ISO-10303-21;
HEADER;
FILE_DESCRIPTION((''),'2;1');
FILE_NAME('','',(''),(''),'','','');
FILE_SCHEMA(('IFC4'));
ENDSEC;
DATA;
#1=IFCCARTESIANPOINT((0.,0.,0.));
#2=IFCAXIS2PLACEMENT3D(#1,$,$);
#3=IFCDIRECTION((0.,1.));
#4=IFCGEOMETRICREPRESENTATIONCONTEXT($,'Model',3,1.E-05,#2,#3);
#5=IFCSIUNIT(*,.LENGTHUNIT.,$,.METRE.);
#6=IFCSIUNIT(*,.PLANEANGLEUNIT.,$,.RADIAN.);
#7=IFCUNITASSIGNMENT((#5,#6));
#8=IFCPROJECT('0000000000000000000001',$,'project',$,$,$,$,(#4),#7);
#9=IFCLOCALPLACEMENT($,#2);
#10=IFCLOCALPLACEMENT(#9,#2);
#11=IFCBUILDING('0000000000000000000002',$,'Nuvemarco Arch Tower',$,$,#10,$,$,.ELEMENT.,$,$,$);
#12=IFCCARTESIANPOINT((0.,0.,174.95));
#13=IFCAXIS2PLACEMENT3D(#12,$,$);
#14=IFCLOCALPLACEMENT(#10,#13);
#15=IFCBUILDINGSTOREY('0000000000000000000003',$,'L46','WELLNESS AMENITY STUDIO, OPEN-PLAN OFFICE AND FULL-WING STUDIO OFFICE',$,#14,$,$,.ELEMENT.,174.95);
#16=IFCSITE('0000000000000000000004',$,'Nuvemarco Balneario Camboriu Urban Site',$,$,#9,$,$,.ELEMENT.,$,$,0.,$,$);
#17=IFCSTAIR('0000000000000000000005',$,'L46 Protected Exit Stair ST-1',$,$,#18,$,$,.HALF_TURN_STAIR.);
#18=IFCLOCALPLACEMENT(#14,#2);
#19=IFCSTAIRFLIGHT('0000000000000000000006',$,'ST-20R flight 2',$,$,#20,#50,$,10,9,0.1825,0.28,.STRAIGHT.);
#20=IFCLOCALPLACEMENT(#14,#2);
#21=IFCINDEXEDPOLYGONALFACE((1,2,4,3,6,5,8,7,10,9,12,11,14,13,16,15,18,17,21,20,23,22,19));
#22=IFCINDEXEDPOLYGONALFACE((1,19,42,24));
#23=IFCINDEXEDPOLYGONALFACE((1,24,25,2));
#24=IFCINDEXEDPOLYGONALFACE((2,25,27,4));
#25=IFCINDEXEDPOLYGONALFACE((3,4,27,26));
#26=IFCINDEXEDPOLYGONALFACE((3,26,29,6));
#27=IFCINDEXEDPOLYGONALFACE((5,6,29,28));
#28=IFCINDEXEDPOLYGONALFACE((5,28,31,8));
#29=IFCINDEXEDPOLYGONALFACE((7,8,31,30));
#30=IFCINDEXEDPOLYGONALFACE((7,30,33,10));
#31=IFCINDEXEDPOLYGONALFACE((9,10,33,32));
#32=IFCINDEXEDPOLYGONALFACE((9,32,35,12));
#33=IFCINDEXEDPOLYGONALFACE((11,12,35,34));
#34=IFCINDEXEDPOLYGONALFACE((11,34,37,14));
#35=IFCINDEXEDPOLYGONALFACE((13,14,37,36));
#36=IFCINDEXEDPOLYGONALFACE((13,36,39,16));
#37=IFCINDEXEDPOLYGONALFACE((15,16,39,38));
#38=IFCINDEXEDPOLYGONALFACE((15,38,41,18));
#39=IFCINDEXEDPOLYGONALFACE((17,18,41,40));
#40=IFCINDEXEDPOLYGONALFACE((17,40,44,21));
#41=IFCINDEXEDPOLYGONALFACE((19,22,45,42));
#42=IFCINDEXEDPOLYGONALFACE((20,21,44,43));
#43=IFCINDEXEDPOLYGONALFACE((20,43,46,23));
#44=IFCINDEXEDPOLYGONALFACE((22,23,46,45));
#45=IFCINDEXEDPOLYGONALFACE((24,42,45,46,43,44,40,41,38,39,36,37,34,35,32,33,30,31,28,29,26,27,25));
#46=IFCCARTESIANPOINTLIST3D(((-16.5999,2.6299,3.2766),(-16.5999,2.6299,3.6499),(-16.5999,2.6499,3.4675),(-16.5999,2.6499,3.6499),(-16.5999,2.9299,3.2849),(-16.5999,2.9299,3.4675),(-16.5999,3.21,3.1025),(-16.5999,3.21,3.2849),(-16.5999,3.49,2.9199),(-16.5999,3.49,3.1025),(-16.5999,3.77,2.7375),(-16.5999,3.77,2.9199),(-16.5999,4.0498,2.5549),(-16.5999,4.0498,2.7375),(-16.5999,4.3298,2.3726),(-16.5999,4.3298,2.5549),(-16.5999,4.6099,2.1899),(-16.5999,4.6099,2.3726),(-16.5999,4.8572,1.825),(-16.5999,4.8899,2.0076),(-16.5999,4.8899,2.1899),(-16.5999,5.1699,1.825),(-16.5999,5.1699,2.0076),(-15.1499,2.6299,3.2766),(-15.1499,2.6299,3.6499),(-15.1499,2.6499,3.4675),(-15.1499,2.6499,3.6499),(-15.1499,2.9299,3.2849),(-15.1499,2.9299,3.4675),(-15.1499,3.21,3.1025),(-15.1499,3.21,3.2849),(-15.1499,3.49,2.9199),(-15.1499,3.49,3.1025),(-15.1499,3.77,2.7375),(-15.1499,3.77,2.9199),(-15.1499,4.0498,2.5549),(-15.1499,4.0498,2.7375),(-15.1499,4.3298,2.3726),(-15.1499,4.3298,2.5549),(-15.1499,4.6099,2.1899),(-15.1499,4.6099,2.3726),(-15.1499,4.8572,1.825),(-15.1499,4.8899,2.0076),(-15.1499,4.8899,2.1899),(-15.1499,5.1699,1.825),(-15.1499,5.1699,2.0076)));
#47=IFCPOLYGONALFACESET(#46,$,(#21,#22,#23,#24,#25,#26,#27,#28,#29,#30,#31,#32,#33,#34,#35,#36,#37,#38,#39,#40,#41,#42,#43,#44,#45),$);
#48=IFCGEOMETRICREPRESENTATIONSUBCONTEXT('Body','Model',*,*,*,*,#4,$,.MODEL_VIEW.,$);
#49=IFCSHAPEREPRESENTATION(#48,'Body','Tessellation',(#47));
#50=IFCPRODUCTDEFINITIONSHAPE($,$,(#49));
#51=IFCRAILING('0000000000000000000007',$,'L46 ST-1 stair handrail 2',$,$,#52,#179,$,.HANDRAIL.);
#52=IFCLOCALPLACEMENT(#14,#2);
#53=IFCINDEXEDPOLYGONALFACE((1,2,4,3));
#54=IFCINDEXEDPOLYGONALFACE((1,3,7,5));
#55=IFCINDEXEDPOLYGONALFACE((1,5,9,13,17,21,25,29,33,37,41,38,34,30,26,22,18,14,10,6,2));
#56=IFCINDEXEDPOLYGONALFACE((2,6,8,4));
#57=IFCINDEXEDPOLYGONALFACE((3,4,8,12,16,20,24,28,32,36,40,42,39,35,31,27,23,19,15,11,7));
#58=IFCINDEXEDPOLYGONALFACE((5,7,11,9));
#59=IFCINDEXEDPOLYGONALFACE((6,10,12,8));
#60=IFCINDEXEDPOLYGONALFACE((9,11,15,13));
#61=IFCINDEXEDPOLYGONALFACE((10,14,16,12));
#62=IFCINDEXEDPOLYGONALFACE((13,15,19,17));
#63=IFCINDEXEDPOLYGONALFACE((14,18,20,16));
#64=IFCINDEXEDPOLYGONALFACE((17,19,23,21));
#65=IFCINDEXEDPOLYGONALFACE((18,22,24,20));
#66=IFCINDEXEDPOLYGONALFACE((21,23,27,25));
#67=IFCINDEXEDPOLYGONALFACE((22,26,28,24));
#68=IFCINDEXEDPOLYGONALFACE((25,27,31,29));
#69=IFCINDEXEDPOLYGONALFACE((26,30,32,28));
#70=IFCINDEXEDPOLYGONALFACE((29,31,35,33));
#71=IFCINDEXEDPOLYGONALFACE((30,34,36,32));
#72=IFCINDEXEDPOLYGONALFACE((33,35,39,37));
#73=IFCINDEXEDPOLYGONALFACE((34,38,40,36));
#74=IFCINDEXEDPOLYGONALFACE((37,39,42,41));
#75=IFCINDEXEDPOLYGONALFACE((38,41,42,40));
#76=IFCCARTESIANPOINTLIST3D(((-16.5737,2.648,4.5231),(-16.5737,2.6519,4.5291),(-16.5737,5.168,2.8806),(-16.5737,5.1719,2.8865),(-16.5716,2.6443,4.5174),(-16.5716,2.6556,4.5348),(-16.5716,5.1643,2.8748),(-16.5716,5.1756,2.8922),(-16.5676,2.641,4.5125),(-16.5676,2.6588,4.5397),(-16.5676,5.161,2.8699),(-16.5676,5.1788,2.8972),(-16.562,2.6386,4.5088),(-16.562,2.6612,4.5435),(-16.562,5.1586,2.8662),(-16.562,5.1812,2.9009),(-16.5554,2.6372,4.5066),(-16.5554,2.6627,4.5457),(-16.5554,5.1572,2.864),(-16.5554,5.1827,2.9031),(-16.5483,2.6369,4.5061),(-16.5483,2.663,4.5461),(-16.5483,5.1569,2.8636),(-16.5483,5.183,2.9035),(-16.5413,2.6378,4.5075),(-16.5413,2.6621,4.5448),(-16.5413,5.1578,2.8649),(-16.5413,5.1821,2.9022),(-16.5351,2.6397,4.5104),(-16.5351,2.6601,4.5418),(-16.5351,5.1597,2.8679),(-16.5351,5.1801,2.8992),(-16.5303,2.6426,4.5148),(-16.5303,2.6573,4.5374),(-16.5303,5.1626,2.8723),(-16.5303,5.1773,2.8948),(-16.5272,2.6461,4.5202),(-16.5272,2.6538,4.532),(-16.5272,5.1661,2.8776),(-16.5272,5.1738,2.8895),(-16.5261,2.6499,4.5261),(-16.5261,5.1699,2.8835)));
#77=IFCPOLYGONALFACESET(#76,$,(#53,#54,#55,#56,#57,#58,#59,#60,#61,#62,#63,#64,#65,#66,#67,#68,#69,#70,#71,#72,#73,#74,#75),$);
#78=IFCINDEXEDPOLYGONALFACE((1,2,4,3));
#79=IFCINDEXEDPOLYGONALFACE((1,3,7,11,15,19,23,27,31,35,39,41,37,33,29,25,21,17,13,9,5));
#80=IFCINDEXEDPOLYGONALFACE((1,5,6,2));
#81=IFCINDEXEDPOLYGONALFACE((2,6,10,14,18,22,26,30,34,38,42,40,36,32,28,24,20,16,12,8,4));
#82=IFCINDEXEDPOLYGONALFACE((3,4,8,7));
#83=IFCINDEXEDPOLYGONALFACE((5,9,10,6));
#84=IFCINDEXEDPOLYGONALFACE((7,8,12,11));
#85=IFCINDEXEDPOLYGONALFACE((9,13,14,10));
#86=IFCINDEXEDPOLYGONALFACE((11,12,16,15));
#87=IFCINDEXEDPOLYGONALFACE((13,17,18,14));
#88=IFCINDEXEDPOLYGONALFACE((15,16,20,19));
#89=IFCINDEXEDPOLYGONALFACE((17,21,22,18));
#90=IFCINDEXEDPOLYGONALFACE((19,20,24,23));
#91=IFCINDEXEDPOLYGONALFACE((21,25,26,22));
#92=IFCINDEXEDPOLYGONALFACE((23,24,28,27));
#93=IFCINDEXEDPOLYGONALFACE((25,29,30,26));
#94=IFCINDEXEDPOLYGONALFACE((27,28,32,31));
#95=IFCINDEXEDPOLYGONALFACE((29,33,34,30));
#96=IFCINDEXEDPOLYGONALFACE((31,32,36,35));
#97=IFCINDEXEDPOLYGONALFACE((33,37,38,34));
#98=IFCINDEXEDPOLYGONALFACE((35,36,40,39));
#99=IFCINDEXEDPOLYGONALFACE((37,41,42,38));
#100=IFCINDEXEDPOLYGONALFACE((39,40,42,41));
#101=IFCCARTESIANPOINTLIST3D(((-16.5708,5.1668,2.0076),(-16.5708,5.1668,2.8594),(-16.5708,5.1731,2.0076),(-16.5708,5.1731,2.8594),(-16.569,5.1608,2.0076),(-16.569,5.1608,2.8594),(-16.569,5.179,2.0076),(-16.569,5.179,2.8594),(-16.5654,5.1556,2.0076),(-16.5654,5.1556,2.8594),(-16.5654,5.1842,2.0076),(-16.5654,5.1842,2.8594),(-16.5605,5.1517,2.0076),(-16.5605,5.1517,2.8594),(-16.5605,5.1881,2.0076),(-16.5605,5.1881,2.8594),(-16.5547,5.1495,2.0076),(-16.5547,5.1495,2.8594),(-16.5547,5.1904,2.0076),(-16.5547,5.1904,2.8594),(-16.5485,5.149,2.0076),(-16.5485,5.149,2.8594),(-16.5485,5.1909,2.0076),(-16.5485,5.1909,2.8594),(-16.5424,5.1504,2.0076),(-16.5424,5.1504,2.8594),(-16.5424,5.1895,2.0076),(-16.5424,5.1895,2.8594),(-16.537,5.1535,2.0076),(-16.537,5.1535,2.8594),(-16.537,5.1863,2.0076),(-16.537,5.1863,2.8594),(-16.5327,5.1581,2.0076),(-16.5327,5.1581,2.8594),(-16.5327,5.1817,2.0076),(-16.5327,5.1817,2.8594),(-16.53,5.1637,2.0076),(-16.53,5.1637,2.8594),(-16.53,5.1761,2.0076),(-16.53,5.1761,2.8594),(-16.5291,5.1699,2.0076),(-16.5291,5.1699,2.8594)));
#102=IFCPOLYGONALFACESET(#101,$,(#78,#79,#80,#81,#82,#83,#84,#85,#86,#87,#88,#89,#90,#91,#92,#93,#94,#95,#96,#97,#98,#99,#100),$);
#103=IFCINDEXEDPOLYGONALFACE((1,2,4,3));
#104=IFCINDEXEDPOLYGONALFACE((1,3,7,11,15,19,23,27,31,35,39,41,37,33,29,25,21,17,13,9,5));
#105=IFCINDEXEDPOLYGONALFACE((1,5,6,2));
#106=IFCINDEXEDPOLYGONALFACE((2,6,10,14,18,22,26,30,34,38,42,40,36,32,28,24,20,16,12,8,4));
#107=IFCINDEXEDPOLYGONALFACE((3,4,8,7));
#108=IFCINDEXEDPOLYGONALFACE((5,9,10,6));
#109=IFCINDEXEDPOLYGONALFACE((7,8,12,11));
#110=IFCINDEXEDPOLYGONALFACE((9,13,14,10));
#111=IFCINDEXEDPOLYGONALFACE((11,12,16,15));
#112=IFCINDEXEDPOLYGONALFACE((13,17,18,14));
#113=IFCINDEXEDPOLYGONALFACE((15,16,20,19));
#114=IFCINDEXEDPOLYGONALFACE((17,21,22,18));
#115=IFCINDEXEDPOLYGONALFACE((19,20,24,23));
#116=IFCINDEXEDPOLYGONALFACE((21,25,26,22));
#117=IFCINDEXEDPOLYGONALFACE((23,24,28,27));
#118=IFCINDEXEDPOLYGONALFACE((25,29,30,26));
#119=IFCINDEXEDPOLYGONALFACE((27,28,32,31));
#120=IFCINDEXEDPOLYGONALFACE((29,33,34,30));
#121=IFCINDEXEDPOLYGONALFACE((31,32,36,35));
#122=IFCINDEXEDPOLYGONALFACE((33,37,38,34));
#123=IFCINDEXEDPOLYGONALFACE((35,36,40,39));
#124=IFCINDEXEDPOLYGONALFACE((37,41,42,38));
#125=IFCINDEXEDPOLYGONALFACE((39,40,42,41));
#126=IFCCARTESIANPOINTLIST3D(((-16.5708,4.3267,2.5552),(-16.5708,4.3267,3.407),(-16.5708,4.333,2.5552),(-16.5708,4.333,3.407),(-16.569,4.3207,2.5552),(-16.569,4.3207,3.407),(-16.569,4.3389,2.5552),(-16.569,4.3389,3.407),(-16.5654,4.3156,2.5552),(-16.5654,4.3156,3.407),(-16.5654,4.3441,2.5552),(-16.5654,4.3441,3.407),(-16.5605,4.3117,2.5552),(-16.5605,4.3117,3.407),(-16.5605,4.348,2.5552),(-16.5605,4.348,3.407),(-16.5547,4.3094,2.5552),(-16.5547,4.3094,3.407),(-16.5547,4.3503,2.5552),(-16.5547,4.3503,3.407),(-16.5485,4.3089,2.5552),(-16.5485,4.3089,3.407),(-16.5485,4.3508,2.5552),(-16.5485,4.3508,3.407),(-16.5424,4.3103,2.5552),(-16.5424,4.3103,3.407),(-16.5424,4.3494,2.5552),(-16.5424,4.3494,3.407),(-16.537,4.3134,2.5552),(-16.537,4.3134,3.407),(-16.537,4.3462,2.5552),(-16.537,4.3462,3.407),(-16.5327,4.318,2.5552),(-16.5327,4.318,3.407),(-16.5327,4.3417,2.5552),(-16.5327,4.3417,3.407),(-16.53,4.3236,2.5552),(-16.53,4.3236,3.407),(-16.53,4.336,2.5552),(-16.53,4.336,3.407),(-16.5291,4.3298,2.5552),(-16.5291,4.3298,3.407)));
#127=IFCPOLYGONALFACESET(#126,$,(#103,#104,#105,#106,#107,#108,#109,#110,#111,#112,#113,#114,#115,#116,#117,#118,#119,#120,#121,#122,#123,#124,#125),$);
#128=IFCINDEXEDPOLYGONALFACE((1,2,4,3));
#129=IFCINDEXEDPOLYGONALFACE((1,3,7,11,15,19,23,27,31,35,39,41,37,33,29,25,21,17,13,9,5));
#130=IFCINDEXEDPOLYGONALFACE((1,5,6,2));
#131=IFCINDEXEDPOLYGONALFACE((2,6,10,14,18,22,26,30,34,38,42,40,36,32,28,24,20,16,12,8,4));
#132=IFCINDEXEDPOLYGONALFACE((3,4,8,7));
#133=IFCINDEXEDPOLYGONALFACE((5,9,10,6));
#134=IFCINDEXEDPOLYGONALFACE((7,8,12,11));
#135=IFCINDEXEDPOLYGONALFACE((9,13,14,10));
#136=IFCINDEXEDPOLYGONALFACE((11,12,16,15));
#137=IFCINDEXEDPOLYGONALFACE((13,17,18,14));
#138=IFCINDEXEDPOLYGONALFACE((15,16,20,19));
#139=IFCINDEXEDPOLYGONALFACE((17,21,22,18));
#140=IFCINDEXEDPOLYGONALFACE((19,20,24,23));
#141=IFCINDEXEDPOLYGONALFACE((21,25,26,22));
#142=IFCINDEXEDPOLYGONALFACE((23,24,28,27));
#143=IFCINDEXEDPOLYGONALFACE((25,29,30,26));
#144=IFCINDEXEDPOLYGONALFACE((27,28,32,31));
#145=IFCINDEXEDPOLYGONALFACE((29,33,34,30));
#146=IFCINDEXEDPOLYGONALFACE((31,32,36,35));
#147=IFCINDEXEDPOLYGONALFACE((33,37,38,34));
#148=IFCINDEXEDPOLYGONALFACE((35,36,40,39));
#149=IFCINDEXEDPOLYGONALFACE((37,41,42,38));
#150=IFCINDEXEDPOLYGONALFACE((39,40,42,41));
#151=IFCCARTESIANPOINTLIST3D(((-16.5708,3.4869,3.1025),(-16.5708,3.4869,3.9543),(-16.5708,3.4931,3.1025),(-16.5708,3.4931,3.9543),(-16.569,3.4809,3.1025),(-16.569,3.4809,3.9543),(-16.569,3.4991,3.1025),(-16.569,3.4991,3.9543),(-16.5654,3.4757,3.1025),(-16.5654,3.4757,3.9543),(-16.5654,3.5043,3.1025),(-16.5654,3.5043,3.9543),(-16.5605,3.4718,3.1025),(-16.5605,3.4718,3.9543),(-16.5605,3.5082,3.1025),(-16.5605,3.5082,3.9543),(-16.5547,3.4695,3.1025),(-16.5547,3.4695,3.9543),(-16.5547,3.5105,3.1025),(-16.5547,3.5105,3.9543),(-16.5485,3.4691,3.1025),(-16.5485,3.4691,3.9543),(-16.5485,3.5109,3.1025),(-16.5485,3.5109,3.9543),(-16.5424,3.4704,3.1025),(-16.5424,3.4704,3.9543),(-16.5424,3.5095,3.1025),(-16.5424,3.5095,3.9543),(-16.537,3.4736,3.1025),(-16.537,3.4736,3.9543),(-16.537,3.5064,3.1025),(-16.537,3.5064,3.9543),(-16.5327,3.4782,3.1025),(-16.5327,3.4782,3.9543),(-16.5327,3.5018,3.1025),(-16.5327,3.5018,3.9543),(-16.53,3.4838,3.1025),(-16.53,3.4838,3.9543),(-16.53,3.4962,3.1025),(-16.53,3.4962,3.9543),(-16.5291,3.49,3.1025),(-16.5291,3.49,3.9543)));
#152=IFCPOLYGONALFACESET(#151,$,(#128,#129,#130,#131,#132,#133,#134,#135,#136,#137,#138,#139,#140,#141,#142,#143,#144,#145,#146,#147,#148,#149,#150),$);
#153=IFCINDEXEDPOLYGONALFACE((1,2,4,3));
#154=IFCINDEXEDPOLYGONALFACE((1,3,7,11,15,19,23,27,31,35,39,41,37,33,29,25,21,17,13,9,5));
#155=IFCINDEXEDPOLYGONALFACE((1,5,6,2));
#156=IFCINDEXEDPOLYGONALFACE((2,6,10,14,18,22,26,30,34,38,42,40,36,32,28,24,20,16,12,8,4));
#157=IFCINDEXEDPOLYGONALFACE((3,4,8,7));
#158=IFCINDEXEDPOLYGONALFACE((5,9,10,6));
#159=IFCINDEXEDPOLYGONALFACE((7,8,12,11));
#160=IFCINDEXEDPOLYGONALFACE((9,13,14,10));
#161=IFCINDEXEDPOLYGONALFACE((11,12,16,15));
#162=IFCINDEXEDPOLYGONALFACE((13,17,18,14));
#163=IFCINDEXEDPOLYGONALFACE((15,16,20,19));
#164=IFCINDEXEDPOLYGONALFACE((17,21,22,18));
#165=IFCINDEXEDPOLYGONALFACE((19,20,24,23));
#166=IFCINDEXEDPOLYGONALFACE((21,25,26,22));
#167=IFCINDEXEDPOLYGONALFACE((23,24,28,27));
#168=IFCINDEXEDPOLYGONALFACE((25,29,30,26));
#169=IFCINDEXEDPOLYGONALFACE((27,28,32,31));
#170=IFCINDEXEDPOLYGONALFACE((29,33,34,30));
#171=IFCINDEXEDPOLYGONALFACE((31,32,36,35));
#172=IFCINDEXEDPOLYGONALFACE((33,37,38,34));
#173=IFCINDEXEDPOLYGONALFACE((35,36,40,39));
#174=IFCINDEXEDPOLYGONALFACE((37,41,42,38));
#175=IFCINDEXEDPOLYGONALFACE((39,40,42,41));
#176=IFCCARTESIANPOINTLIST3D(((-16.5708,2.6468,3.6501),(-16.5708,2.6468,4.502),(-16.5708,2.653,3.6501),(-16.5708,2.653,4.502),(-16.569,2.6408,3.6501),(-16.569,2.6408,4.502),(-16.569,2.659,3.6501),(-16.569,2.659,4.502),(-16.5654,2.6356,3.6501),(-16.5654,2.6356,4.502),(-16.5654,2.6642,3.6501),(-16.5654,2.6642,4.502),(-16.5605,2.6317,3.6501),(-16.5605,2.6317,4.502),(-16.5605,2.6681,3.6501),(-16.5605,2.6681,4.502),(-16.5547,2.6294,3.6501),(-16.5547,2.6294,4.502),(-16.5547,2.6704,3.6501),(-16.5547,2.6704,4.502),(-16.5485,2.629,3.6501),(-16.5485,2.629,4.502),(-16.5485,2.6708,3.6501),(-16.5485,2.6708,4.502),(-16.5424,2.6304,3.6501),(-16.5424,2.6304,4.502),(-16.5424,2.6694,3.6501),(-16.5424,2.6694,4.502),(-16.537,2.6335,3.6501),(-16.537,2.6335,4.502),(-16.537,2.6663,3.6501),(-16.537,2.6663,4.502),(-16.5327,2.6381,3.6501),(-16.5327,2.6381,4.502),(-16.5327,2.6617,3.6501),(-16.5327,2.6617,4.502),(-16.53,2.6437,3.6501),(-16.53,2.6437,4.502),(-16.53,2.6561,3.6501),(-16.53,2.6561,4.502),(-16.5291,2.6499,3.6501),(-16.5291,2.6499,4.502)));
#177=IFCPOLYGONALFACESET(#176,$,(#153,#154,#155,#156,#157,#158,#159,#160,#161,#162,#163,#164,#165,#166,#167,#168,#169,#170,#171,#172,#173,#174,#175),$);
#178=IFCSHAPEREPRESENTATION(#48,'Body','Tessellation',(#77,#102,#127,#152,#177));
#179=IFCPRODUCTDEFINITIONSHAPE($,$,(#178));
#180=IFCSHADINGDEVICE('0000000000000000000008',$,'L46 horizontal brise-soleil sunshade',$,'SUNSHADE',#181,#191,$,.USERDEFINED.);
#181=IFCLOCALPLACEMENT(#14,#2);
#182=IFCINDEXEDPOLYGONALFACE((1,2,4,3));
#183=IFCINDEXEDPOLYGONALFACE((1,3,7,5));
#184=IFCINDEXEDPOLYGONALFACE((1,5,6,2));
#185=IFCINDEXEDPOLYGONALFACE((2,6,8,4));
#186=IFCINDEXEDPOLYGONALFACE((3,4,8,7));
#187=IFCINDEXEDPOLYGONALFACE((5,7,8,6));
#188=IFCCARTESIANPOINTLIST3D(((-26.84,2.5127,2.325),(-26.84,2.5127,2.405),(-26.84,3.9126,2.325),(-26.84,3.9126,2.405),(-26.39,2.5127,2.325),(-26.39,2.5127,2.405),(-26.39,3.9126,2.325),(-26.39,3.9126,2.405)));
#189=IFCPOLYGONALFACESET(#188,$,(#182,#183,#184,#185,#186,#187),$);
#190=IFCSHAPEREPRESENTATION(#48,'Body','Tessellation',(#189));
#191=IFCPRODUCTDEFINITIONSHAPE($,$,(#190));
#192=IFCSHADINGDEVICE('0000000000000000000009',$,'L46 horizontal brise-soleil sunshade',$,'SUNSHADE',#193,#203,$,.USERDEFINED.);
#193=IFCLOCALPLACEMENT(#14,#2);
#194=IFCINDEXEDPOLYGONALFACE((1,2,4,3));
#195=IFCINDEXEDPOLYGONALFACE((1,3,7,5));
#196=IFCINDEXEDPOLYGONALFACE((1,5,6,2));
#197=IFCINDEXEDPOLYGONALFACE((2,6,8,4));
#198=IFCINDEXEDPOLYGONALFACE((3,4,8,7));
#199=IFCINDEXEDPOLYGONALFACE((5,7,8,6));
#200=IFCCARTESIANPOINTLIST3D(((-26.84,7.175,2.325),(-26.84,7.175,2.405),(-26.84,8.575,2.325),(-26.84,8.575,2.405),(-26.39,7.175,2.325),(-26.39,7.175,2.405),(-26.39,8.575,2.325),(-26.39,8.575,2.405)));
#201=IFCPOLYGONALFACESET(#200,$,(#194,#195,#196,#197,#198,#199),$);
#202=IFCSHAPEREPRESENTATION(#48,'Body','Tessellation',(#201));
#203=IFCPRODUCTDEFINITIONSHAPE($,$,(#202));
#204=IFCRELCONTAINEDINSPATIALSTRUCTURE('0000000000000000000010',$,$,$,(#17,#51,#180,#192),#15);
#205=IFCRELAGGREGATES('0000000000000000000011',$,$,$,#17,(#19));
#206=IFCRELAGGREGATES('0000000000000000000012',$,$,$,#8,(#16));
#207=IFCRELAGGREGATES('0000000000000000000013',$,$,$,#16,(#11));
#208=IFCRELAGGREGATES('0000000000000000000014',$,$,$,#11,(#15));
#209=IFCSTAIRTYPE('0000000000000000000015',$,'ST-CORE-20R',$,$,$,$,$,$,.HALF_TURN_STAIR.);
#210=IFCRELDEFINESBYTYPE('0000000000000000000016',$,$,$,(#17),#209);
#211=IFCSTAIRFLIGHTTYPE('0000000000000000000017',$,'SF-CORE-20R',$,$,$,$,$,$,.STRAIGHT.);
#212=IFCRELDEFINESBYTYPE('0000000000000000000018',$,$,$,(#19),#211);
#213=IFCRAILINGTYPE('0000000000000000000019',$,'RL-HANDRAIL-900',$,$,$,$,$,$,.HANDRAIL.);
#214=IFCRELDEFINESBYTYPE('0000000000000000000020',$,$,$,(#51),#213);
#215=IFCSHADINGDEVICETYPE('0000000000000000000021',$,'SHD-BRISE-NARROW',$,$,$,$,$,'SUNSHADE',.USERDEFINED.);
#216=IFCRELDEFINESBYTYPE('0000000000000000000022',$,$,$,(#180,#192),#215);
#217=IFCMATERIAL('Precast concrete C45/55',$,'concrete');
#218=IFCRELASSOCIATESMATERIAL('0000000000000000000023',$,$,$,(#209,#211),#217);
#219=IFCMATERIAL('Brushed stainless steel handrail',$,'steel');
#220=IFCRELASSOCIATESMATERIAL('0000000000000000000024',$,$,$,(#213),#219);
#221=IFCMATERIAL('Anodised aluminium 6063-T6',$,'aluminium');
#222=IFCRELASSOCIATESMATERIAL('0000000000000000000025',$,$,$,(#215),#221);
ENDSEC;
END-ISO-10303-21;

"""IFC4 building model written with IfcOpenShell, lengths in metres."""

from ifc_helpers import new_model, si_unit, direction, frame, origin, origin_2d, place, context, subcontext, project, spatial, polyline, rectangle, circle, outline, extrude, source, transform, mapped, material, type_object, type_shapes, element, aggregate, save


model = new_model("IFC4")

# Units and contexts
model_context = context("Model", 3, precision=1e-05, world=origin(), true_north=direction((0.0, 1.0)))
body_context = subcontext(model_context, "Body", "Model", "MODEL_VIEW")
ifc_project = project(units=[si_unit("LENGTHUNIT", "METRE"), si_unit("PLANEANGLEUNIT", "RADIAN")], contexts=[model_context])

# Site, building, storey
site_placement = place(None, origin())
site = spatial("IfcSite", under=ifc_project, at=site_placement, Name="Nuvemarco Balneario Camboriu Urban Site", CompositionType="ELEMENT", RefElevation=0.0)
building_placement = place(site_placement, origin())
building = spatial("IfcBuilding", under=site, at=building_placement, Name="Nuvemarco Arch Tower", CompositionType="ELEMENT")
storey_placement = place(building_placement, frame((0.0, 0.0, 174.95)))
storey = spatial("IfcBuildingStorey", under=building, at=storey_placement, Name="L46", Description="WELLNESS AMENITY STUDIO, OPEN-PLAN OFFICE AND FULL-WING STUDIO OFFICE", CompositionType="ELEMENT", Elevation=174.95)

# Shared definitions
ifc_material_1 = material(Name="Precast concrete C45/55", Category="concrete")

# Stair, stair flight
stair_type = type_object("IfcStairType", Name="ST-CORE-20R", PredefinedType="HALF_TURN_STAIR", material=ifc_material_1)
stair_placement = place(storey_placement, origin())
stair = element("IfcStair", 1, at=stair_placement, inside=storey, type_object=stair_type, Name="L46 Protected Exit Stair ST-1", PredefinedType="HALF_TURN_STAIR")
stair_flight_type = type_object("IfcStairFlightType", Name="SF-CORE-20R", PredefinedType="STRAIGHT", material=ifc_material_1)
stair_flight_placement = place(storey_placement, frame((-15.875, 5.1699, 1.825), z_axis=(0.0, 0.0, 1.0), x_axis=(0.0, -1.0, 0.0)))
stair_flight = element("IfcStairFlight", 2, at=stair_flight_placement, type_object=stair_flight_type, Name="ST-20R flight 2", NumberOfRisers=10, NumberOfTreads=9, PredefinedType="STRAIGHT", RiserHeight=0.1825, TreadLength=0.28, context=body_context, shape_type="SweptSolid", body=[
    extrude(outline(polyline([(0.0, 0.0), (0.0, 0.1826), (0.28, 0.1826), (0.28, 0.365), (0.5601, 0.365), (0.5601, 0.5476), (0.8401, 0.5476), (0.8401, 0.73), (1.1201, 0.73), (1.1201, 0.9126), (1.3999, 0.9126), (1.3999, 1.095), (1.6799, 1.095), (1.6799, 1.2776), (1.96, 1.2776), (1.96, 1.46), (2.24, 1.46), (2.24, 1.6426), (2.52, 1.6426), (2.52, 1.825), (2.54, 1.825), (2.54, 1.4517), (0.3127, 0.0), (0.0, 0.0)])), frame((0.0, 0.7251, 0.0), z_axis=(0.0, -1.0, 0.0), x_axis=(1.0, 0.0, 0.0)), (0.0, 0.0, 1.0), 1.45),
])
aggregate(stair, [stair_flight])

# Railing
ifc_material_2 = material(Name="Brushed stainless steel handrail", Category="steel")
railing_type_1 = type_object("IfcRailingType", Name="RL-HANDRAIL-900", PredefinedType="HANDRAIL", material=ifc_material_2)
railing_1_placement = place(storey_placement, frame((-16.55, 5.1699, 2.0076)))
element("IfcRailing", 3, at=railing_1_placement, inside=storey, type_object=railing_type_1, Name="L46 ST-1 stair handrail 2", PredefinedType="HANDRAIL", context=body_context, shape_type="SweptSolid", body=[
    extrude(circle(Radius=0.0239, at=origin_2d()), frame((0.0, 0.0, 0.876), z_axis=(0.0, -0.837749, 0.546055), x_axis=(1.0, 0.0, 0.0)), (0.0, 0.0, 1.0), 3.0081),
    extrude(circle(Radius=0.021, at=origin_2d()), origin(), (0.0, 0.0, 1.0), 0.8518),
    extrude(circle(Radius=0.021, at=origin_2d()), frame((0.0, -0.8401, 0.5476)), (0.0, 0.0, 1.0), 0.8518),
    extrude(circle(Radius=0.021, at=origin_2d()), frame((0.0, -1.6799, 1.095)), (0.0, 0.0, 1.0), 0.8518),
    extrude(circle(Radius=0.021, at=origin_2d()), frame((0.0, -2.52, 1.6426)), (0.0, 0.0, 1.0), 0.8518),
])

# Shading devices
ifc_material_3 = material(Name="Anodised aluminium 6063-T6", Category="aluminium")
shading_device_type = type_object("IfcShadingDeviceType", Name="SHD-BRISE-NARROW", ElementType="SUNSHADE", PredefinedType="USERDEFINED", material=ifc_material_3)
shared_shape_1 = source(origin(), body_context, "Body", "SweptSolid", [
    extrude(rectangle(XDim=1.3999, YDim=0.45, at=origin_2d()), origin(), (0.0, 0.0, 1.0), 0.0801),
])
type_shapes(shading_device_type, [shared_shape_1])
for number, where, z_axis, x_axis, name in (
    (4, (-26.615, 3.2126, 2.325), (0.0, 0.0, 1.0), (0.0, 1.0, 0.0), "L46 horizontal brise-soleil sunshade"),
    (5, (-26.615, 7.875, 2.325), (0.0, 0.0, 1.0), (0.0, 1.0, 0.0), "L46 horizontal brise-soleil sunshade"),
):
    element("IfcShadingDevice", number, at=place(storey_placement, frame(where, z_axis=z_axis, x_axis=x_axis)), inside=storey, type_object=shading_device_type, Name=name, ObjectType="SUNSHADE", PredefinedType="USERDEFINED", context=body_context, shape_type="MappedRepresentation", body=[
        mapped(shared_shape_1, transform((0.0, 0.0, 0.0), scale=1.0)),
    ])

save(model, "model.ifc")
